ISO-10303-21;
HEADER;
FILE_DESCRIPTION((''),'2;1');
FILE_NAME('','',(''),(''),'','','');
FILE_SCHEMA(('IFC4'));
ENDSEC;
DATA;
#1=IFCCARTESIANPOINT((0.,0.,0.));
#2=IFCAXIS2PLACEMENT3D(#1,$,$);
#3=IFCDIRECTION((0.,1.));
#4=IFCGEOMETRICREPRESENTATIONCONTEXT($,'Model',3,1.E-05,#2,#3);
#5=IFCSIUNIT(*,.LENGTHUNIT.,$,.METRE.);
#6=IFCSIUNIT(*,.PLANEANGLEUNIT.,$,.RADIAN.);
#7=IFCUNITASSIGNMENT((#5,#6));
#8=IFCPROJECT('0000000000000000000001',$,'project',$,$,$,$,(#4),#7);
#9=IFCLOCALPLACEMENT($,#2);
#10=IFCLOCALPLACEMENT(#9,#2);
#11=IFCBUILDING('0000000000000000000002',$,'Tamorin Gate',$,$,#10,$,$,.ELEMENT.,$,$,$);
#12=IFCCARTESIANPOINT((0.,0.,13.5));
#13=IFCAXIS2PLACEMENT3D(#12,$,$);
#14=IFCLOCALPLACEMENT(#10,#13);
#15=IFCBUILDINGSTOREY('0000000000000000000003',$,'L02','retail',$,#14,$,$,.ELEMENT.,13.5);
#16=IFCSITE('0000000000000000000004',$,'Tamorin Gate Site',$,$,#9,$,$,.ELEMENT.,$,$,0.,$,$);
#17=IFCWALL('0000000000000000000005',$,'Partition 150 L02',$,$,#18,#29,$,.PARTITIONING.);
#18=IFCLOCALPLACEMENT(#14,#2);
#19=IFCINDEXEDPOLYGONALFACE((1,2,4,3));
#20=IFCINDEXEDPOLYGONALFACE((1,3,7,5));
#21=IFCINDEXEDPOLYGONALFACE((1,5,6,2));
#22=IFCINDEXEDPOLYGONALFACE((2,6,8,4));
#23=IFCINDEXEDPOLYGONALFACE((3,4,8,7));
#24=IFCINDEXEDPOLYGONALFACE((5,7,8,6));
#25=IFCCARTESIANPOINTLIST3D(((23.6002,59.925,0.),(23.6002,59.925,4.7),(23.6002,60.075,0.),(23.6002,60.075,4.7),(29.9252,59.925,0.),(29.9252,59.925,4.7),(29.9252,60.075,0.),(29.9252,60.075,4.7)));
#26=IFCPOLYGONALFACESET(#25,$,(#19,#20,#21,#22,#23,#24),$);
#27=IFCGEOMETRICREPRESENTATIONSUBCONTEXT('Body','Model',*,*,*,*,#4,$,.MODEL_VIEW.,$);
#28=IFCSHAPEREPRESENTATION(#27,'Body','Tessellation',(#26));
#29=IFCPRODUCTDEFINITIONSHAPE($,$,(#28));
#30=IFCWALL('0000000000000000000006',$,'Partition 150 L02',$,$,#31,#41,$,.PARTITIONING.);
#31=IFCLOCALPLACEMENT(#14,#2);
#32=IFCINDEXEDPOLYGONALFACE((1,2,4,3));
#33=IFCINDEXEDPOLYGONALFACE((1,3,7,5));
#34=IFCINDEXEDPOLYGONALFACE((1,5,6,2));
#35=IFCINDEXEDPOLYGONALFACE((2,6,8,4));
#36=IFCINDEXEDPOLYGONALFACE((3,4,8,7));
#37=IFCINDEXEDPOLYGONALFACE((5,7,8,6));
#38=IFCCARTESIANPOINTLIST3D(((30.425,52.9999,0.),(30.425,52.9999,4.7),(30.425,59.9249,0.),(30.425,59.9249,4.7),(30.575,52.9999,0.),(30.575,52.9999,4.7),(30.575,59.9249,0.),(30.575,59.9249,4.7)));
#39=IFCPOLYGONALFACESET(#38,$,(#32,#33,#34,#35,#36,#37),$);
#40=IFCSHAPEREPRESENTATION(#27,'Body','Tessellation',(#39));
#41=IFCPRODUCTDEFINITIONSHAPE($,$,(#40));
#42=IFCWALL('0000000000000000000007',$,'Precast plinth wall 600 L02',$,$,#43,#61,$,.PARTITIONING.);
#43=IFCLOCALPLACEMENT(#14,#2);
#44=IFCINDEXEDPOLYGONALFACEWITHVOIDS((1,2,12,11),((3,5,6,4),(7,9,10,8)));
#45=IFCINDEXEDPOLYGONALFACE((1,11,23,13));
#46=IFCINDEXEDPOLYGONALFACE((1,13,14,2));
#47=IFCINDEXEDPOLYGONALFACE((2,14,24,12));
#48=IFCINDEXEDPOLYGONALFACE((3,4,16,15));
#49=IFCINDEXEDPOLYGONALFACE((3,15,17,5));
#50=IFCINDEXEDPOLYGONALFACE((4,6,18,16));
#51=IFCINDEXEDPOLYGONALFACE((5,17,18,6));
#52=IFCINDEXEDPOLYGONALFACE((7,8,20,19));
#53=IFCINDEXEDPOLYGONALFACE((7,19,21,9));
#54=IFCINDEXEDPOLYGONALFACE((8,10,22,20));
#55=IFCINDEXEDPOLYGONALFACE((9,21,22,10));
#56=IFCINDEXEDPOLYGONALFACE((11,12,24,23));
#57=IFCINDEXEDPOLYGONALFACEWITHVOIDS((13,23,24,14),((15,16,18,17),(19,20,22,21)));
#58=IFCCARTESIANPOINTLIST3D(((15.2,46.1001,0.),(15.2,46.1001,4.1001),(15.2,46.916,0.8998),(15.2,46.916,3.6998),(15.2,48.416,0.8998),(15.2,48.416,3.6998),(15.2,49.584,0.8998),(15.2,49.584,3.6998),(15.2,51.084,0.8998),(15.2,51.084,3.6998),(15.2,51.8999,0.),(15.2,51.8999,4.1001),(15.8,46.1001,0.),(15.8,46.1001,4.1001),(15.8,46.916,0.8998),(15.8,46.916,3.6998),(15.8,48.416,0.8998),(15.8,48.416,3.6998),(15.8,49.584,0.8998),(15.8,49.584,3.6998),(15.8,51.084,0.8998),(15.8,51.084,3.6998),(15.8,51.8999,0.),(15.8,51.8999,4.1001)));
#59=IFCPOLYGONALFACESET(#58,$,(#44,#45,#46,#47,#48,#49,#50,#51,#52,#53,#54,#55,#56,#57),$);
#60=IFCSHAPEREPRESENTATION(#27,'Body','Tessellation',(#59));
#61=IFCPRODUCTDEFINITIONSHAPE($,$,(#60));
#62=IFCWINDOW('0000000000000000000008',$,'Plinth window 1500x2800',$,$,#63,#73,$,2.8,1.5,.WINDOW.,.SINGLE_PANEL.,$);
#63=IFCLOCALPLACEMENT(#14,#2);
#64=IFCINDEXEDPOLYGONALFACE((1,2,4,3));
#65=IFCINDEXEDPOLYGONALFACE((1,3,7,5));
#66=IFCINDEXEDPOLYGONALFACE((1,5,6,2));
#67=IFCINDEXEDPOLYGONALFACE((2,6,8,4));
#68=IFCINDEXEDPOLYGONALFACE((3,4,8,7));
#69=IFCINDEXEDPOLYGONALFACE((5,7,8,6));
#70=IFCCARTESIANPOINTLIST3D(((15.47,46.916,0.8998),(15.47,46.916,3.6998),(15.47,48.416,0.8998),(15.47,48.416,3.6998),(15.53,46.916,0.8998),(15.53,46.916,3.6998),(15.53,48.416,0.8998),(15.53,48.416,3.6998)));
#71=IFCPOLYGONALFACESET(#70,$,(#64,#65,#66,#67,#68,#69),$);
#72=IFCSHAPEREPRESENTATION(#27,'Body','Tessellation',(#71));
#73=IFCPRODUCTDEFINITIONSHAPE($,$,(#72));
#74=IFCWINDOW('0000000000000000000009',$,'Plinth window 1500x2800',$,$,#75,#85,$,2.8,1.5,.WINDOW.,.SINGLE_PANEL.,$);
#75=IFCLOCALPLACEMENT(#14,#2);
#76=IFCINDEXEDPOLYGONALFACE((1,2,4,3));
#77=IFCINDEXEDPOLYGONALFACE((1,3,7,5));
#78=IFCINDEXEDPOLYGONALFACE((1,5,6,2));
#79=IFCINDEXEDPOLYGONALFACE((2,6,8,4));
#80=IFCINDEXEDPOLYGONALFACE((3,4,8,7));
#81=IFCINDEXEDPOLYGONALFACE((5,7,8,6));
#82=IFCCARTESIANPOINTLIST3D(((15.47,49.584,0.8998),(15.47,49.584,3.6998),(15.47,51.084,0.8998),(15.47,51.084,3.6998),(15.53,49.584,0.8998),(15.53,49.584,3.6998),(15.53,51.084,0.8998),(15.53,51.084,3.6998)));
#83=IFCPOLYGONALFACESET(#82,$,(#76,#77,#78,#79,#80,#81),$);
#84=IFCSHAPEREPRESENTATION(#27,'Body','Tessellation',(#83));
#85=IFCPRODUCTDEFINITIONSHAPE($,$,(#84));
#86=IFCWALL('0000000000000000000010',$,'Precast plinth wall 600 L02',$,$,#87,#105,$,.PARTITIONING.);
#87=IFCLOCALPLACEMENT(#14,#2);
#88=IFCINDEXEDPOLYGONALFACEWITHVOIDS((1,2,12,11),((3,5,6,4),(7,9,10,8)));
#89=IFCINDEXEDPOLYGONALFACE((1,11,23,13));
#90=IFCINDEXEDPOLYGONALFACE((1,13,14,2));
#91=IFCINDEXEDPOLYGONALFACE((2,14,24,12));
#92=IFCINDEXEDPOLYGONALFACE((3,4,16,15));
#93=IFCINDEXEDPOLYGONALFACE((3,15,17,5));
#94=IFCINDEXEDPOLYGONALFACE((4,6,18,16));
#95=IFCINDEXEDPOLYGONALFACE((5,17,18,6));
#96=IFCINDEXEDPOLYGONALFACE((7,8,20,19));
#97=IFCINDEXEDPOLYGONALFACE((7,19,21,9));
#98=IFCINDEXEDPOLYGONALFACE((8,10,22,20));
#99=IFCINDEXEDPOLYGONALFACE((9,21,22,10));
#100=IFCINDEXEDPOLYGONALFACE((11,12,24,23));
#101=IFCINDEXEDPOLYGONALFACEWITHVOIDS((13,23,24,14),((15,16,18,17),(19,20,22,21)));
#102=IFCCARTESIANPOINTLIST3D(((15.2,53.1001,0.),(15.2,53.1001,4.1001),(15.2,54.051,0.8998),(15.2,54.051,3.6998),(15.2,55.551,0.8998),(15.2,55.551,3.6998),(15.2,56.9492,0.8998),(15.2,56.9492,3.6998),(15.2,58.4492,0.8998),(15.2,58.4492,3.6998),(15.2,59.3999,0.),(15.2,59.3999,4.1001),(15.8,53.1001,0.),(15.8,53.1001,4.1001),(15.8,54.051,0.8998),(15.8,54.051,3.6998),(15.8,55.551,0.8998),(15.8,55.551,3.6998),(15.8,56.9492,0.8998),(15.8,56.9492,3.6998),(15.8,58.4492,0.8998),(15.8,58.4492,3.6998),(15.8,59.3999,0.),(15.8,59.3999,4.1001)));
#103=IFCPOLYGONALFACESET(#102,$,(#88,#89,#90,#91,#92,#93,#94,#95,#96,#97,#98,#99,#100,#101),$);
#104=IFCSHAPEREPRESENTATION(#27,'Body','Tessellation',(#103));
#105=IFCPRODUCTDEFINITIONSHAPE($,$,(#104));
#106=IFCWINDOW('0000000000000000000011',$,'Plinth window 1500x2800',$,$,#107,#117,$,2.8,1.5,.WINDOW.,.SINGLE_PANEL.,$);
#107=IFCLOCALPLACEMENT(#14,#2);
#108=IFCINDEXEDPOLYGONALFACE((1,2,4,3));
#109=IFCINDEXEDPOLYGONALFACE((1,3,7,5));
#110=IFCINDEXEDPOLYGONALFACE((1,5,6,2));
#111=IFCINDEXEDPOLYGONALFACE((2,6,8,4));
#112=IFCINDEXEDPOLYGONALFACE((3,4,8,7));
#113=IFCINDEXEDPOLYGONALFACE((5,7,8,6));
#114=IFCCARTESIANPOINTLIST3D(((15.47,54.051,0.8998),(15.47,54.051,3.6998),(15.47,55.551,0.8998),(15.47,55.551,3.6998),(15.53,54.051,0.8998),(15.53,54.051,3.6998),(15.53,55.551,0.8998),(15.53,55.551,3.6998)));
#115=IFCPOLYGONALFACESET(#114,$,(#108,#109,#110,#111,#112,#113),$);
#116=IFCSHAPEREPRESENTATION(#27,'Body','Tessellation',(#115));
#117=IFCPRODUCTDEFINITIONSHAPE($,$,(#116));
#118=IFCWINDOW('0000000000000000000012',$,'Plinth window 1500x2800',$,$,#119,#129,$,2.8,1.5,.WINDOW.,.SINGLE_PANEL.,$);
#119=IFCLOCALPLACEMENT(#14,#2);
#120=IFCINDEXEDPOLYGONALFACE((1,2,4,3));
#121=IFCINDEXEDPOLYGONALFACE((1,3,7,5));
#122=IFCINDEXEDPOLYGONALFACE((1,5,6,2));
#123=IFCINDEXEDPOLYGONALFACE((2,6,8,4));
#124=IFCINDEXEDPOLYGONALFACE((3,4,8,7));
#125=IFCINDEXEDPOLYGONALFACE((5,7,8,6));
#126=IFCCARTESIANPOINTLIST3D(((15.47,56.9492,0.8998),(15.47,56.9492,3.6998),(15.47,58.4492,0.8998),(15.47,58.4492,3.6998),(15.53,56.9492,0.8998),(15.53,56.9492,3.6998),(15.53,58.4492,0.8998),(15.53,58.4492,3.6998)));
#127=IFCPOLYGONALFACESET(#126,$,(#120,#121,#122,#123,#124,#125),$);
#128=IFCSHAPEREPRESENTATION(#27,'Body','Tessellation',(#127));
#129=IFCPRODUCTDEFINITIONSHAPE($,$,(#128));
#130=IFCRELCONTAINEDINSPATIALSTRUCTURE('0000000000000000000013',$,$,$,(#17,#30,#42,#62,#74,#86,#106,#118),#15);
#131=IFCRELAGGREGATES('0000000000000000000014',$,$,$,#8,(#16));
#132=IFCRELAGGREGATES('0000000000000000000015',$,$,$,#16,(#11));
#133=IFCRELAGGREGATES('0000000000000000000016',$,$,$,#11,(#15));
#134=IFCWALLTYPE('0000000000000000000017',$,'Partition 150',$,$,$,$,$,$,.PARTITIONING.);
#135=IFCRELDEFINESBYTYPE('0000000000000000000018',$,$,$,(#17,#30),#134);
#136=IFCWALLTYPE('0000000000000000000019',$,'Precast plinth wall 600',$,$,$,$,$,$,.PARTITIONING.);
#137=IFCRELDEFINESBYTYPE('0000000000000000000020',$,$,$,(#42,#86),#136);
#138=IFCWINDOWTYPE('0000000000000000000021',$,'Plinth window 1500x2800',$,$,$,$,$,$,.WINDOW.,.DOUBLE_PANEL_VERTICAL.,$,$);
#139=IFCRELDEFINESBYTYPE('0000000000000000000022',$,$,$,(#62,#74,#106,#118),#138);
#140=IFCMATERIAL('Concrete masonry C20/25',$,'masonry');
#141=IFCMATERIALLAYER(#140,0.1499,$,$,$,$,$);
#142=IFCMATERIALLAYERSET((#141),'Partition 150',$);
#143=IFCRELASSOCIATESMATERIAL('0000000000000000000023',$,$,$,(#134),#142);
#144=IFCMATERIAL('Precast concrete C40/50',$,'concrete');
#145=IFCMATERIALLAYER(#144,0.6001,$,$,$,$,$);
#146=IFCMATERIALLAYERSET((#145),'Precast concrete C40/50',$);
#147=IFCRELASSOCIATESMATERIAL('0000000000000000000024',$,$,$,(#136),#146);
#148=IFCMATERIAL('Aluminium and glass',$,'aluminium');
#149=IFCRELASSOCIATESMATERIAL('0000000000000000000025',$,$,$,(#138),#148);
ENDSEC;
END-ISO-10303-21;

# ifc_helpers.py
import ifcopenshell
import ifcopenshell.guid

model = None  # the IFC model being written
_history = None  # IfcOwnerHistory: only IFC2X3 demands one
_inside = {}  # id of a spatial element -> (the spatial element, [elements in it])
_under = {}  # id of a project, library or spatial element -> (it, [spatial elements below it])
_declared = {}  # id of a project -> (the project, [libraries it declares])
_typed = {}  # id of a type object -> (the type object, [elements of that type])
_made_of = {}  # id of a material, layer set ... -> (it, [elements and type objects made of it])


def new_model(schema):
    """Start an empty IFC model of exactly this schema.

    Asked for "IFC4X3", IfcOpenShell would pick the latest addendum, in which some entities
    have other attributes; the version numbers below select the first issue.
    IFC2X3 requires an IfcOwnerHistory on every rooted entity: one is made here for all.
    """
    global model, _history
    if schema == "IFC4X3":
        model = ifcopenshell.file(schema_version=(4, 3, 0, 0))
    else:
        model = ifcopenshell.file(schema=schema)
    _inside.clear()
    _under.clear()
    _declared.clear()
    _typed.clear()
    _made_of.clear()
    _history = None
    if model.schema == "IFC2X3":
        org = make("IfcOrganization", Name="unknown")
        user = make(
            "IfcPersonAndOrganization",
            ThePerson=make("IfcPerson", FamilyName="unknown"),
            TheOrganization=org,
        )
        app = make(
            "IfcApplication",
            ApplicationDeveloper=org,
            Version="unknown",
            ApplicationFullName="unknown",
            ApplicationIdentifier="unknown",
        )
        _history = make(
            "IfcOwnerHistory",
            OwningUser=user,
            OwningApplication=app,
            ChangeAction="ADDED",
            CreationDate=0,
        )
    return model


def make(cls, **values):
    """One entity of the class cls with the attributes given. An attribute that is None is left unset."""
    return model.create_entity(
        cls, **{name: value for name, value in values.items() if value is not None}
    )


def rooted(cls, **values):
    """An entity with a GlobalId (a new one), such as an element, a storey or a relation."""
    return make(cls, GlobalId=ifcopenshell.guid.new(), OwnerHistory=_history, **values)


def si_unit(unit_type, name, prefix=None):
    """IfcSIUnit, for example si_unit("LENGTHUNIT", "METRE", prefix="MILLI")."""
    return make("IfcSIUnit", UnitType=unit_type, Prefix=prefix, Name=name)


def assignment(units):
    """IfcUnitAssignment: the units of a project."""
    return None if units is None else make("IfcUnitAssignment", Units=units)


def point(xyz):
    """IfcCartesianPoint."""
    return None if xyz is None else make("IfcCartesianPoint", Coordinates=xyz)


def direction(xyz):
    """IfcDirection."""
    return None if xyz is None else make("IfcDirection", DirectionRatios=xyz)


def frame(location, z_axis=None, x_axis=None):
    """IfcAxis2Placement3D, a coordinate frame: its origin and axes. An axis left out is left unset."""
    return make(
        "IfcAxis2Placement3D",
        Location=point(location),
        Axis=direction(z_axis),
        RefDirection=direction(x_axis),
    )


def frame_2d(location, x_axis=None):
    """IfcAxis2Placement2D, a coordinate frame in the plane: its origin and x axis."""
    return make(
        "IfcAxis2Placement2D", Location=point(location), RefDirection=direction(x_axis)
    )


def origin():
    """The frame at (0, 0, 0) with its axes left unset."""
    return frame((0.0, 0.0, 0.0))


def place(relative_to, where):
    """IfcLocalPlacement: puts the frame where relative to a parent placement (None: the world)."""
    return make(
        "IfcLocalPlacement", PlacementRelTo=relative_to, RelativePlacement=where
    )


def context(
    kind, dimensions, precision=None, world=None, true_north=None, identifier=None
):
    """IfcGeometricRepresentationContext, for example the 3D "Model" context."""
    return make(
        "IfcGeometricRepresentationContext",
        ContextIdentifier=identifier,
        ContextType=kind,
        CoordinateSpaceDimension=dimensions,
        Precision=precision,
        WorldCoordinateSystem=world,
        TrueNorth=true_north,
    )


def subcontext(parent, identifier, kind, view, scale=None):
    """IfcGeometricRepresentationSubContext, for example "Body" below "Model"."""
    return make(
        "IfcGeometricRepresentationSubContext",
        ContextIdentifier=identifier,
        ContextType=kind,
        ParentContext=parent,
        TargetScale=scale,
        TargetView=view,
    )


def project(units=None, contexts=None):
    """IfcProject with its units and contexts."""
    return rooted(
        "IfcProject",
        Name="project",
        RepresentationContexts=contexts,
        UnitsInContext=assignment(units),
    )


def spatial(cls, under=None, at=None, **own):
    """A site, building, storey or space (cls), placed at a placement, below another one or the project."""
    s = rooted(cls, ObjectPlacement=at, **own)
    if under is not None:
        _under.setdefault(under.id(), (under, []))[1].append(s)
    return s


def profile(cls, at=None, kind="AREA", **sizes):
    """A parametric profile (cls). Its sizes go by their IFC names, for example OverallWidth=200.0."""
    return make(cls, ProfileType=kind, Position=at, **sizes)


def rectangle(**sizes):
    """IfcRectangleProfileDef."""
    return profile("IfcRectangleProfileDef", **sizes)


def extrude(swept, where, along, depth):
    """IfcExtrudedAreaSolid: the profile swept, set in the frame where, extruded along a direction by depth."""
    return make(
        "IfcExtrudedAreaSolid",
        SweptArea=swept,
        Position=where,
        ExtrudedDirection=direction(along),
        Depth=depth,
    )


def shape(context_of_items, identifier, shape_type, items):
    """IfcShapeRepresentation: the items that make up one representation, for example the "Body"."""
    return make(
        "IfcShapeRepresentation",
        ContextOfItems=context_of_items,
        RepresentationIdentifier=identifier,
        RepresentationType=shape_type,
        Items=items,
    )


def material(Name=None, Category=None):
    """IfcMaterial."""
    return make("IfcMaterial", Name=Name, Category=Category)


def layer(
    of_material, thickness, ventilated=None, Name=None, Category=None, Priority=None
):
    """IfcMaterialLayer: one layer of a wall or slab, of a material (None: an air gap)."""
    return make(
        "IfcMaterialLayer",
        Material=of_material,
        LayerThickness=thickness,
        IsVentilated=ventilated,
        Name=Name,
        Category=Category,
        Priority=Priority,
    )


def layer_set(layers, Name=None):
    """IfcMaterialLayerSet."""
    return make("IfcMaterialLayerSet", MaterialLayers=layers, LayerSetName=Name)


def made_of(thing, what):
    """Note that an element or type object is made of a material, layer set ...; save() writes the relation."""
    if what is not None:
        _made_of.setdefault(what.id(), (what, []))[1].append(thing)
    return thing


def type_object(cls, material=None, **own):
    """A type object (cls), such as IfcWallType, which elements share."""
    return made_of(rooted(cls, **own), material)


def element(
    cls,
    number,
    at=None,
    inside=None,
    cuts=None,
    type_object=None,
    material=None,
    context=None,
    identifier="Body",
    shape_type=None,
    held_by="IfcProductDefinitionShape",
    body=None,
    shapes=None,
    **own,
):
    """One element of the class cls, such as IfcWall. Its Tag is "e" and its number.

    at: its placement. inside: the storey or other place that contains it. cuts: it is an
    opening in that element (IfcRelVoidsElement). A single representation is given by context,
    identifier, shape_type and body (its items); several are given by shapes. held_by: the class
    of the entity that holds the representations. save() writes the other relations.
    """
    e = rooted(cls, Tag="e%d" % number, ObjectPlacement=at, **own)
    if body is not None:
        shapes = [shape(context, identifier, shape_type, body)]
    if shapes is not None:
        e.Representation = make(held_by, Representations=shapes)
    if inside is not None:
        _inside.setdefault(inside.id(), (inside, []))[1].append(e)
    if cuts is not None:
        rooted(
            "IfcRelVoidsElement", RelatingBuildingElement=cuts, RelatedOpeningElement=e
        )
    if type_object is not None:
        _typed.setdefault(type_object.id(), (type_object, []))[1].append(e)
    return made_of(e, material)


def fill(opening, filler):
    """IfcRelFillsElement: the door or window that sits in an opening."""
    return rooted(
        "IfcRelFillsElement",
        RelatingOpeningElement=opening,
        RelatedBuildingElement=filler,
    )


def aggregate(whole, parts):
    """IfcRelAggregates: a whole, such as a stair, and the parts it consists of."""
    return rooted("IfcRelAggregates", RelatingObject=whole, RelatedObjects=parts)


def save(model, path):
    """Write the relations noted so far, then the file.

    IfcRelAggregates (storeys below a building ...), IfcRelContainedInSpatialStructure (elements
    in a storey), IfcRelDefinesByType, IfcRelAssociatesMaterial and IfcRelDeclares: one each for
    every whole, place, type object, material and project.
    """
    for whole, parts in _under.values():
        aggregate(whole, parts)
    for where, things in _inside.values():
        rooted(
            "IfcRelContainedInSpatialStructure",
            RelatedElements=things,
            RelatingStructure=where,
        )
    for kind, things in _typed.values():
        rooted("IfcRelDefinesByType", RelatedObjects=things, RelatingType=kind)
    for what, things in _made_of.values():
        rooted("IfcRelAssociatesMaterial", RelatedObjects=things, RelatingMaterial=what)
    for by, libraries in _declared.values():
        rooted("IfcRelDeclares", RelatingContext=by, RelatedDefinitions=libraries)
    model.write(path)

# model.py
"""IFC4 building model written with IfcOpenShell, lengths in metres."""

from ifc_helpers import new_model, si_unit, direction, frame, frame_2d, origin, place, context, subcontext, project, spatial, rectangle, extrude, material, layer, layer_set, type_object, element, fill, save


model = new_model("IFC4")

# Units and contexts
model_context = context("Model", 3, precision=1e-05, world=origin(), true_north=direction((0.0, 1.0)))
body_context = subcontext(model_context, "Body", "Model", "MODEL_VIEW")
ifc_project = project(units=[si_unit("LENGTHUNIT", "METRE"), si_unit("PLANEANGLEUNIT", "RADIAN")], contexts=[model_context])

# Site, building, storey
site_placement = place(None, origin())
site = spatial("IfcSite", under=ifc_project, at=site_placement, Name="Tamorin Gate Site", CompositionType="ELEMENT", RefElevation=0.0)
building_placement = place(site_placement, origin())
building = spatial("IfcBuilding", under=site, at=building_placement, Name="Tamorin Gate", CompositionType="ELEMENT")
storey_placement = place(building_placement, frame((0.0, 0.0, 13.5)))
storey = spatial("IfcBuildingStorey", under=building, at=storey_placement, Name="L02", Description="retail", CompositionType="ELEMENT", Elevation=13.5)

# Shared definitions
ifc_material_1 = material(Name="Concrete masonry C20/25", Category="masonry")
ifc_layer_1 = layer(ifc_material_1, 0.1499)
ifc_layer_set_1 = layer_set([ifc_layer_1], Name="Partition 150")
wall_type_1 = type_object("IfcWallType", Name="Partition 150", PredefinedType="PARTITIONING", material=ifc_layer_set_1)

# Walls
wall_1_placement = place(storey_placement, frame((23.6001, 60.0, 0.0), z_axis=(0.0, 0.0, 1.0), x_axis=(1.0, 0.0, 0.0)))
element("IfcWall", 1, at=wall_1_placement, inside=storey, type_object=wall_type_1, Name="Partition 150 L02", PredefinedType="PARTITIONING", context=body_context, shape_type="SweptSolid", body=[
    extrude(rectangle(XDim=6.325, YDim=0.1499, at=frame_2d((3.1626, 0.0))), origin(), (0.0, 0.0, 1.0), 4.7),
])
wall_2_placement = place(storey_placement, frame((30.5, 53.0, 0.0), z_axis=(0.0, 0.0, 1.0), x_axis=(0.0, 1.0, 0.0)))
element("IfcWall", 2, at=wall_2_placement, inside=storey, type_object=wall_type_1, Name="Partition 150 L02", PredefinedType="PARTITIONING", context=body_context, shape_type="SweptSolid", body=[
    extrude(rectangle(XDim=6.925, YDim=0.1499, at=frame_2d((3.4624, 0.0))), origin(), (0.0, 0.0, 1.0), 4.7),
])

# Walls, openings, windows
ifc_material_2 = material(Name="Precast concrete C40/50", Category="concrete")
ifc_layer_2 = layer(ifc_material_2, 0.6001)
ifc_layer_set_2 = layer_set([ifc_layer_2], Name="Precast concrete C40/50")
wall_type_2 = type_object("IfcWallType", Name="Precast plinth wall 600", PredefinedType="PARTITIONING", material=ifc_layer_set_2)
wall_3_placement = place(storey_placement, frame((15.5, 46.1001, 0.0), z_axis=(0.0, 0.0, 1.0), x_axis=(0.0, 1.0, 0.0)))
wall_3 = element("IfcWall", 3, at=wall_3_placement, inside=storey, type_object=wall_type_2, Name="Precast plinth wall 600 L02", PredefinedType="PARTITIONING", context=body_context, shape_type="SweptSolid", body=[
    extrude(rectangle(XDim=5.7998, YDim=0.6001, at=frame_2d((2.8999, 0.0))), origin(), (0.0, 0.0, 1.0), 4.1001),
])
opening_1_placement = place(wall_3_placement, frame((0.8159, 0.0, 0.8999)))
opening_1 = element("IfcOpeningElement", 4, at=opening_1_placement, cuts=wall_3, PredefinedType="OPENING", context=body_context, shape_type="SweptSolid", body=[
    extrude(rectangle(XDim=1.5, YDim=2.8, at=frame_2d((0.75, 1.3999))), frame((0.0, 0.3101, 0.0), z_axis=(0.0, -1.0, 0.0), x_axis=(1.0, 0.0, 0.0)), (0.0, 0.0, 1.0), 0.6201),
])
opening_2_placement = place(wall_3_placement, frame((3.4839, 0.0, 0.8999)))
opening_2 = element("IfcOpeningElement", 5, at=opening_2_placement, cuts=wall_3, PredefinedType="OPENING", context=body_context, shape_type="SweptSolid", body=[
    extrude(rectangle(XDim=1.5, YDim=2.8, at=frame_2d((0.75, 1.3999))), frame((0.0, 0.3101, 0.0), z_axis=(0.0, -1.0, 0.0), x_axis=(1.0, 0.0, 0.0)), (0.0, 0.0, 1.0), 0.6201),
])
ifc_material_3 = material(Name="Aluminium and glass", Category="aluminium")
window_type = type_object("IfcWindowType", Name="Plinth window 1500x2800", PartitioningType="DOUBLE_PANEL_VERTICAL", PredefinedType="WINDOW", material=ifc_material_3)
window_1_placement = place(opening_1_placement, origin())
window_1 = element("IfcWindow", 6, at=window_1_placement, inside=storey, type_object=window_type, Name="Plinth window 1500x2800", OverallHeight=2.8, OverallWidth=1.5, PartitioningType="SINGLE_PANEL", PredefinedType="WINDOW", context=body_context, shape_type="SweptSolid", body=[
    extrude(rectangle(XDim=1.5, YDim=2.8, at=frame_2d((0.75, 1.3999))), frame((0.0, 0.03, 0.0), z_axis=(0.0, -1.0, 0.0), x_axis=(1.0, 0.0, 0.0)), (0.0, 0.0, 1.0), 0.0601),
])
fill(opening_1, window_1)
window_2_placement = place(opening_2_placement, origin())
window_2 = element("IfcWindow", 7, at=window_2_placement, inside=storey, type_object=window_type, Name="Plinth window 1500x2800", OverallHeight=2.8, OverallWidth=1.5, PartitioningType="SINGLE_PANEL", PredefinedType="WINDOW", context=body_context, shape_type="SweptSolid", body=[
    extrude(rectangle(XDim=1.5, YDim=2.8, at=frame_2d((0.75, 1.3999))), frame((0.0, 0.03, 0.0), z_axis=(0.0, -1.0, 0.0), x_axis=(1.0, 0.0, 0.0)), (0.0, 0.0, 1.0), 0.0601),
])
fill(opening_2, window_2)
wall_4_placement = place(storey_placement, frame((15.5, 53.1001, 0.0), z_axis=(0.0, 0.0, 1.0), x_axis=(0.0, 1.0, 0.0)))
wall_4 = element("IfcWall", 8, at=wall_4_placement, inside=storey, type_object=wall_type_2, Name="Precast plinth wall 600 L02", PredefinedType="PARTITIONING", context=body_context, shape_type="SweptSolid", body=[
    extrude(rectangle(XDim=6.2998, YDim=0.6001, at=frame_2d((3.1499, 0.0))), origin(), (0.0, 0.0, 1.0), 4.1001),
])
opening_3_placement = place(wall_4_placement, frame((0.9509, 0.0, 0.8999)))
opening_3 = element("IfcOpeningElement", 9, at=opening_3_placement, cuts=wall_4, PredefinedType="OPENING", context=body_context, shape_type="SweptSolid", body=[
    extrude(rectangle(XDim=1.5, YDim=2.8, at=frame_2d((0.75, 1.3999))), frame((0.0, 0.3101, 0.0), z_axis=(0.0, -1.0, 0.0), x_axis=(1.0, 0.0, 0.0)), (0.0, 0.0, 1.0), 0.6201),
])
opening_4_placement = place(wall_4_placement, frame((3.8491, 0.0, 0.8999)))
opening_4 = element("IfcOpeningElement", 10, at=opening_4_placement, cuts=wall_4, PredefinedType="OPENING", context=body_context, shape_type="SweptSolid", body=[
    extrude(rectangle(XDim=1.5, YDim=2.8, at=frame_2d((0.75, 1.3999))), frame((0.0, 0.3101, 0.0), z_axis=(0.0, -1.0, 0.0), x_axis=(1.0, 0.0, 0.0)), (0.0, 0.0, 1.0), 0.6201),
])
window_3_placement = place(opening_3_placement, origin())
window_3 = element("IfcWindow", 11, at=window_3_placement, inside=storey, type_object=window_type, Name="Plinth window 1500x2800", OverallHeight=2.8, OverallWidth=1.5, PartitioningType="SINGLE_PANEL", PredefinedType="WINDOW", context=body_context, shape_type="SweptSolid", body=[
    extrude(rectangle(XDim=1.5, YDim=2.8, at=frame_2d((0.75, 1.3999))), frame((0.0, 0.03, 0.0), z_axis=(0.0, -1.0, 0.0), x_axis=(1.0, 0.0, 0.0)), (0.0, 0.0, 1.0), 0.0601),
])
fill(opening_3, window_3)
window_4_placement = place(opening_4_placement, origin())
window_4 = element("IfcWindow", 12, at=window_4_placement, inside=storey, type_object=window_type, Name="Plinth window 1500x2800", OverallHeight=2.8, OverallWidth=1.5, PartitioningType="SINGLE_PANEL", PredefinedType="WINDOW", context=body_context, shape_type="SweptSolid", body=[
    extrude(rectangle(XDim=1.5, YDim=2.8, at=frame_2d((0.75, 1.3999))), frame((0.0, 0.03, 0.0), z_axis=(0.0, -1.0, 0.0), x_axis=(1.0, 0.0, 0.0)), (0.0, 0.0, 1.0), 0.0601),
])
fill(opening_4, window_4)

save(model, "model.ifc")
